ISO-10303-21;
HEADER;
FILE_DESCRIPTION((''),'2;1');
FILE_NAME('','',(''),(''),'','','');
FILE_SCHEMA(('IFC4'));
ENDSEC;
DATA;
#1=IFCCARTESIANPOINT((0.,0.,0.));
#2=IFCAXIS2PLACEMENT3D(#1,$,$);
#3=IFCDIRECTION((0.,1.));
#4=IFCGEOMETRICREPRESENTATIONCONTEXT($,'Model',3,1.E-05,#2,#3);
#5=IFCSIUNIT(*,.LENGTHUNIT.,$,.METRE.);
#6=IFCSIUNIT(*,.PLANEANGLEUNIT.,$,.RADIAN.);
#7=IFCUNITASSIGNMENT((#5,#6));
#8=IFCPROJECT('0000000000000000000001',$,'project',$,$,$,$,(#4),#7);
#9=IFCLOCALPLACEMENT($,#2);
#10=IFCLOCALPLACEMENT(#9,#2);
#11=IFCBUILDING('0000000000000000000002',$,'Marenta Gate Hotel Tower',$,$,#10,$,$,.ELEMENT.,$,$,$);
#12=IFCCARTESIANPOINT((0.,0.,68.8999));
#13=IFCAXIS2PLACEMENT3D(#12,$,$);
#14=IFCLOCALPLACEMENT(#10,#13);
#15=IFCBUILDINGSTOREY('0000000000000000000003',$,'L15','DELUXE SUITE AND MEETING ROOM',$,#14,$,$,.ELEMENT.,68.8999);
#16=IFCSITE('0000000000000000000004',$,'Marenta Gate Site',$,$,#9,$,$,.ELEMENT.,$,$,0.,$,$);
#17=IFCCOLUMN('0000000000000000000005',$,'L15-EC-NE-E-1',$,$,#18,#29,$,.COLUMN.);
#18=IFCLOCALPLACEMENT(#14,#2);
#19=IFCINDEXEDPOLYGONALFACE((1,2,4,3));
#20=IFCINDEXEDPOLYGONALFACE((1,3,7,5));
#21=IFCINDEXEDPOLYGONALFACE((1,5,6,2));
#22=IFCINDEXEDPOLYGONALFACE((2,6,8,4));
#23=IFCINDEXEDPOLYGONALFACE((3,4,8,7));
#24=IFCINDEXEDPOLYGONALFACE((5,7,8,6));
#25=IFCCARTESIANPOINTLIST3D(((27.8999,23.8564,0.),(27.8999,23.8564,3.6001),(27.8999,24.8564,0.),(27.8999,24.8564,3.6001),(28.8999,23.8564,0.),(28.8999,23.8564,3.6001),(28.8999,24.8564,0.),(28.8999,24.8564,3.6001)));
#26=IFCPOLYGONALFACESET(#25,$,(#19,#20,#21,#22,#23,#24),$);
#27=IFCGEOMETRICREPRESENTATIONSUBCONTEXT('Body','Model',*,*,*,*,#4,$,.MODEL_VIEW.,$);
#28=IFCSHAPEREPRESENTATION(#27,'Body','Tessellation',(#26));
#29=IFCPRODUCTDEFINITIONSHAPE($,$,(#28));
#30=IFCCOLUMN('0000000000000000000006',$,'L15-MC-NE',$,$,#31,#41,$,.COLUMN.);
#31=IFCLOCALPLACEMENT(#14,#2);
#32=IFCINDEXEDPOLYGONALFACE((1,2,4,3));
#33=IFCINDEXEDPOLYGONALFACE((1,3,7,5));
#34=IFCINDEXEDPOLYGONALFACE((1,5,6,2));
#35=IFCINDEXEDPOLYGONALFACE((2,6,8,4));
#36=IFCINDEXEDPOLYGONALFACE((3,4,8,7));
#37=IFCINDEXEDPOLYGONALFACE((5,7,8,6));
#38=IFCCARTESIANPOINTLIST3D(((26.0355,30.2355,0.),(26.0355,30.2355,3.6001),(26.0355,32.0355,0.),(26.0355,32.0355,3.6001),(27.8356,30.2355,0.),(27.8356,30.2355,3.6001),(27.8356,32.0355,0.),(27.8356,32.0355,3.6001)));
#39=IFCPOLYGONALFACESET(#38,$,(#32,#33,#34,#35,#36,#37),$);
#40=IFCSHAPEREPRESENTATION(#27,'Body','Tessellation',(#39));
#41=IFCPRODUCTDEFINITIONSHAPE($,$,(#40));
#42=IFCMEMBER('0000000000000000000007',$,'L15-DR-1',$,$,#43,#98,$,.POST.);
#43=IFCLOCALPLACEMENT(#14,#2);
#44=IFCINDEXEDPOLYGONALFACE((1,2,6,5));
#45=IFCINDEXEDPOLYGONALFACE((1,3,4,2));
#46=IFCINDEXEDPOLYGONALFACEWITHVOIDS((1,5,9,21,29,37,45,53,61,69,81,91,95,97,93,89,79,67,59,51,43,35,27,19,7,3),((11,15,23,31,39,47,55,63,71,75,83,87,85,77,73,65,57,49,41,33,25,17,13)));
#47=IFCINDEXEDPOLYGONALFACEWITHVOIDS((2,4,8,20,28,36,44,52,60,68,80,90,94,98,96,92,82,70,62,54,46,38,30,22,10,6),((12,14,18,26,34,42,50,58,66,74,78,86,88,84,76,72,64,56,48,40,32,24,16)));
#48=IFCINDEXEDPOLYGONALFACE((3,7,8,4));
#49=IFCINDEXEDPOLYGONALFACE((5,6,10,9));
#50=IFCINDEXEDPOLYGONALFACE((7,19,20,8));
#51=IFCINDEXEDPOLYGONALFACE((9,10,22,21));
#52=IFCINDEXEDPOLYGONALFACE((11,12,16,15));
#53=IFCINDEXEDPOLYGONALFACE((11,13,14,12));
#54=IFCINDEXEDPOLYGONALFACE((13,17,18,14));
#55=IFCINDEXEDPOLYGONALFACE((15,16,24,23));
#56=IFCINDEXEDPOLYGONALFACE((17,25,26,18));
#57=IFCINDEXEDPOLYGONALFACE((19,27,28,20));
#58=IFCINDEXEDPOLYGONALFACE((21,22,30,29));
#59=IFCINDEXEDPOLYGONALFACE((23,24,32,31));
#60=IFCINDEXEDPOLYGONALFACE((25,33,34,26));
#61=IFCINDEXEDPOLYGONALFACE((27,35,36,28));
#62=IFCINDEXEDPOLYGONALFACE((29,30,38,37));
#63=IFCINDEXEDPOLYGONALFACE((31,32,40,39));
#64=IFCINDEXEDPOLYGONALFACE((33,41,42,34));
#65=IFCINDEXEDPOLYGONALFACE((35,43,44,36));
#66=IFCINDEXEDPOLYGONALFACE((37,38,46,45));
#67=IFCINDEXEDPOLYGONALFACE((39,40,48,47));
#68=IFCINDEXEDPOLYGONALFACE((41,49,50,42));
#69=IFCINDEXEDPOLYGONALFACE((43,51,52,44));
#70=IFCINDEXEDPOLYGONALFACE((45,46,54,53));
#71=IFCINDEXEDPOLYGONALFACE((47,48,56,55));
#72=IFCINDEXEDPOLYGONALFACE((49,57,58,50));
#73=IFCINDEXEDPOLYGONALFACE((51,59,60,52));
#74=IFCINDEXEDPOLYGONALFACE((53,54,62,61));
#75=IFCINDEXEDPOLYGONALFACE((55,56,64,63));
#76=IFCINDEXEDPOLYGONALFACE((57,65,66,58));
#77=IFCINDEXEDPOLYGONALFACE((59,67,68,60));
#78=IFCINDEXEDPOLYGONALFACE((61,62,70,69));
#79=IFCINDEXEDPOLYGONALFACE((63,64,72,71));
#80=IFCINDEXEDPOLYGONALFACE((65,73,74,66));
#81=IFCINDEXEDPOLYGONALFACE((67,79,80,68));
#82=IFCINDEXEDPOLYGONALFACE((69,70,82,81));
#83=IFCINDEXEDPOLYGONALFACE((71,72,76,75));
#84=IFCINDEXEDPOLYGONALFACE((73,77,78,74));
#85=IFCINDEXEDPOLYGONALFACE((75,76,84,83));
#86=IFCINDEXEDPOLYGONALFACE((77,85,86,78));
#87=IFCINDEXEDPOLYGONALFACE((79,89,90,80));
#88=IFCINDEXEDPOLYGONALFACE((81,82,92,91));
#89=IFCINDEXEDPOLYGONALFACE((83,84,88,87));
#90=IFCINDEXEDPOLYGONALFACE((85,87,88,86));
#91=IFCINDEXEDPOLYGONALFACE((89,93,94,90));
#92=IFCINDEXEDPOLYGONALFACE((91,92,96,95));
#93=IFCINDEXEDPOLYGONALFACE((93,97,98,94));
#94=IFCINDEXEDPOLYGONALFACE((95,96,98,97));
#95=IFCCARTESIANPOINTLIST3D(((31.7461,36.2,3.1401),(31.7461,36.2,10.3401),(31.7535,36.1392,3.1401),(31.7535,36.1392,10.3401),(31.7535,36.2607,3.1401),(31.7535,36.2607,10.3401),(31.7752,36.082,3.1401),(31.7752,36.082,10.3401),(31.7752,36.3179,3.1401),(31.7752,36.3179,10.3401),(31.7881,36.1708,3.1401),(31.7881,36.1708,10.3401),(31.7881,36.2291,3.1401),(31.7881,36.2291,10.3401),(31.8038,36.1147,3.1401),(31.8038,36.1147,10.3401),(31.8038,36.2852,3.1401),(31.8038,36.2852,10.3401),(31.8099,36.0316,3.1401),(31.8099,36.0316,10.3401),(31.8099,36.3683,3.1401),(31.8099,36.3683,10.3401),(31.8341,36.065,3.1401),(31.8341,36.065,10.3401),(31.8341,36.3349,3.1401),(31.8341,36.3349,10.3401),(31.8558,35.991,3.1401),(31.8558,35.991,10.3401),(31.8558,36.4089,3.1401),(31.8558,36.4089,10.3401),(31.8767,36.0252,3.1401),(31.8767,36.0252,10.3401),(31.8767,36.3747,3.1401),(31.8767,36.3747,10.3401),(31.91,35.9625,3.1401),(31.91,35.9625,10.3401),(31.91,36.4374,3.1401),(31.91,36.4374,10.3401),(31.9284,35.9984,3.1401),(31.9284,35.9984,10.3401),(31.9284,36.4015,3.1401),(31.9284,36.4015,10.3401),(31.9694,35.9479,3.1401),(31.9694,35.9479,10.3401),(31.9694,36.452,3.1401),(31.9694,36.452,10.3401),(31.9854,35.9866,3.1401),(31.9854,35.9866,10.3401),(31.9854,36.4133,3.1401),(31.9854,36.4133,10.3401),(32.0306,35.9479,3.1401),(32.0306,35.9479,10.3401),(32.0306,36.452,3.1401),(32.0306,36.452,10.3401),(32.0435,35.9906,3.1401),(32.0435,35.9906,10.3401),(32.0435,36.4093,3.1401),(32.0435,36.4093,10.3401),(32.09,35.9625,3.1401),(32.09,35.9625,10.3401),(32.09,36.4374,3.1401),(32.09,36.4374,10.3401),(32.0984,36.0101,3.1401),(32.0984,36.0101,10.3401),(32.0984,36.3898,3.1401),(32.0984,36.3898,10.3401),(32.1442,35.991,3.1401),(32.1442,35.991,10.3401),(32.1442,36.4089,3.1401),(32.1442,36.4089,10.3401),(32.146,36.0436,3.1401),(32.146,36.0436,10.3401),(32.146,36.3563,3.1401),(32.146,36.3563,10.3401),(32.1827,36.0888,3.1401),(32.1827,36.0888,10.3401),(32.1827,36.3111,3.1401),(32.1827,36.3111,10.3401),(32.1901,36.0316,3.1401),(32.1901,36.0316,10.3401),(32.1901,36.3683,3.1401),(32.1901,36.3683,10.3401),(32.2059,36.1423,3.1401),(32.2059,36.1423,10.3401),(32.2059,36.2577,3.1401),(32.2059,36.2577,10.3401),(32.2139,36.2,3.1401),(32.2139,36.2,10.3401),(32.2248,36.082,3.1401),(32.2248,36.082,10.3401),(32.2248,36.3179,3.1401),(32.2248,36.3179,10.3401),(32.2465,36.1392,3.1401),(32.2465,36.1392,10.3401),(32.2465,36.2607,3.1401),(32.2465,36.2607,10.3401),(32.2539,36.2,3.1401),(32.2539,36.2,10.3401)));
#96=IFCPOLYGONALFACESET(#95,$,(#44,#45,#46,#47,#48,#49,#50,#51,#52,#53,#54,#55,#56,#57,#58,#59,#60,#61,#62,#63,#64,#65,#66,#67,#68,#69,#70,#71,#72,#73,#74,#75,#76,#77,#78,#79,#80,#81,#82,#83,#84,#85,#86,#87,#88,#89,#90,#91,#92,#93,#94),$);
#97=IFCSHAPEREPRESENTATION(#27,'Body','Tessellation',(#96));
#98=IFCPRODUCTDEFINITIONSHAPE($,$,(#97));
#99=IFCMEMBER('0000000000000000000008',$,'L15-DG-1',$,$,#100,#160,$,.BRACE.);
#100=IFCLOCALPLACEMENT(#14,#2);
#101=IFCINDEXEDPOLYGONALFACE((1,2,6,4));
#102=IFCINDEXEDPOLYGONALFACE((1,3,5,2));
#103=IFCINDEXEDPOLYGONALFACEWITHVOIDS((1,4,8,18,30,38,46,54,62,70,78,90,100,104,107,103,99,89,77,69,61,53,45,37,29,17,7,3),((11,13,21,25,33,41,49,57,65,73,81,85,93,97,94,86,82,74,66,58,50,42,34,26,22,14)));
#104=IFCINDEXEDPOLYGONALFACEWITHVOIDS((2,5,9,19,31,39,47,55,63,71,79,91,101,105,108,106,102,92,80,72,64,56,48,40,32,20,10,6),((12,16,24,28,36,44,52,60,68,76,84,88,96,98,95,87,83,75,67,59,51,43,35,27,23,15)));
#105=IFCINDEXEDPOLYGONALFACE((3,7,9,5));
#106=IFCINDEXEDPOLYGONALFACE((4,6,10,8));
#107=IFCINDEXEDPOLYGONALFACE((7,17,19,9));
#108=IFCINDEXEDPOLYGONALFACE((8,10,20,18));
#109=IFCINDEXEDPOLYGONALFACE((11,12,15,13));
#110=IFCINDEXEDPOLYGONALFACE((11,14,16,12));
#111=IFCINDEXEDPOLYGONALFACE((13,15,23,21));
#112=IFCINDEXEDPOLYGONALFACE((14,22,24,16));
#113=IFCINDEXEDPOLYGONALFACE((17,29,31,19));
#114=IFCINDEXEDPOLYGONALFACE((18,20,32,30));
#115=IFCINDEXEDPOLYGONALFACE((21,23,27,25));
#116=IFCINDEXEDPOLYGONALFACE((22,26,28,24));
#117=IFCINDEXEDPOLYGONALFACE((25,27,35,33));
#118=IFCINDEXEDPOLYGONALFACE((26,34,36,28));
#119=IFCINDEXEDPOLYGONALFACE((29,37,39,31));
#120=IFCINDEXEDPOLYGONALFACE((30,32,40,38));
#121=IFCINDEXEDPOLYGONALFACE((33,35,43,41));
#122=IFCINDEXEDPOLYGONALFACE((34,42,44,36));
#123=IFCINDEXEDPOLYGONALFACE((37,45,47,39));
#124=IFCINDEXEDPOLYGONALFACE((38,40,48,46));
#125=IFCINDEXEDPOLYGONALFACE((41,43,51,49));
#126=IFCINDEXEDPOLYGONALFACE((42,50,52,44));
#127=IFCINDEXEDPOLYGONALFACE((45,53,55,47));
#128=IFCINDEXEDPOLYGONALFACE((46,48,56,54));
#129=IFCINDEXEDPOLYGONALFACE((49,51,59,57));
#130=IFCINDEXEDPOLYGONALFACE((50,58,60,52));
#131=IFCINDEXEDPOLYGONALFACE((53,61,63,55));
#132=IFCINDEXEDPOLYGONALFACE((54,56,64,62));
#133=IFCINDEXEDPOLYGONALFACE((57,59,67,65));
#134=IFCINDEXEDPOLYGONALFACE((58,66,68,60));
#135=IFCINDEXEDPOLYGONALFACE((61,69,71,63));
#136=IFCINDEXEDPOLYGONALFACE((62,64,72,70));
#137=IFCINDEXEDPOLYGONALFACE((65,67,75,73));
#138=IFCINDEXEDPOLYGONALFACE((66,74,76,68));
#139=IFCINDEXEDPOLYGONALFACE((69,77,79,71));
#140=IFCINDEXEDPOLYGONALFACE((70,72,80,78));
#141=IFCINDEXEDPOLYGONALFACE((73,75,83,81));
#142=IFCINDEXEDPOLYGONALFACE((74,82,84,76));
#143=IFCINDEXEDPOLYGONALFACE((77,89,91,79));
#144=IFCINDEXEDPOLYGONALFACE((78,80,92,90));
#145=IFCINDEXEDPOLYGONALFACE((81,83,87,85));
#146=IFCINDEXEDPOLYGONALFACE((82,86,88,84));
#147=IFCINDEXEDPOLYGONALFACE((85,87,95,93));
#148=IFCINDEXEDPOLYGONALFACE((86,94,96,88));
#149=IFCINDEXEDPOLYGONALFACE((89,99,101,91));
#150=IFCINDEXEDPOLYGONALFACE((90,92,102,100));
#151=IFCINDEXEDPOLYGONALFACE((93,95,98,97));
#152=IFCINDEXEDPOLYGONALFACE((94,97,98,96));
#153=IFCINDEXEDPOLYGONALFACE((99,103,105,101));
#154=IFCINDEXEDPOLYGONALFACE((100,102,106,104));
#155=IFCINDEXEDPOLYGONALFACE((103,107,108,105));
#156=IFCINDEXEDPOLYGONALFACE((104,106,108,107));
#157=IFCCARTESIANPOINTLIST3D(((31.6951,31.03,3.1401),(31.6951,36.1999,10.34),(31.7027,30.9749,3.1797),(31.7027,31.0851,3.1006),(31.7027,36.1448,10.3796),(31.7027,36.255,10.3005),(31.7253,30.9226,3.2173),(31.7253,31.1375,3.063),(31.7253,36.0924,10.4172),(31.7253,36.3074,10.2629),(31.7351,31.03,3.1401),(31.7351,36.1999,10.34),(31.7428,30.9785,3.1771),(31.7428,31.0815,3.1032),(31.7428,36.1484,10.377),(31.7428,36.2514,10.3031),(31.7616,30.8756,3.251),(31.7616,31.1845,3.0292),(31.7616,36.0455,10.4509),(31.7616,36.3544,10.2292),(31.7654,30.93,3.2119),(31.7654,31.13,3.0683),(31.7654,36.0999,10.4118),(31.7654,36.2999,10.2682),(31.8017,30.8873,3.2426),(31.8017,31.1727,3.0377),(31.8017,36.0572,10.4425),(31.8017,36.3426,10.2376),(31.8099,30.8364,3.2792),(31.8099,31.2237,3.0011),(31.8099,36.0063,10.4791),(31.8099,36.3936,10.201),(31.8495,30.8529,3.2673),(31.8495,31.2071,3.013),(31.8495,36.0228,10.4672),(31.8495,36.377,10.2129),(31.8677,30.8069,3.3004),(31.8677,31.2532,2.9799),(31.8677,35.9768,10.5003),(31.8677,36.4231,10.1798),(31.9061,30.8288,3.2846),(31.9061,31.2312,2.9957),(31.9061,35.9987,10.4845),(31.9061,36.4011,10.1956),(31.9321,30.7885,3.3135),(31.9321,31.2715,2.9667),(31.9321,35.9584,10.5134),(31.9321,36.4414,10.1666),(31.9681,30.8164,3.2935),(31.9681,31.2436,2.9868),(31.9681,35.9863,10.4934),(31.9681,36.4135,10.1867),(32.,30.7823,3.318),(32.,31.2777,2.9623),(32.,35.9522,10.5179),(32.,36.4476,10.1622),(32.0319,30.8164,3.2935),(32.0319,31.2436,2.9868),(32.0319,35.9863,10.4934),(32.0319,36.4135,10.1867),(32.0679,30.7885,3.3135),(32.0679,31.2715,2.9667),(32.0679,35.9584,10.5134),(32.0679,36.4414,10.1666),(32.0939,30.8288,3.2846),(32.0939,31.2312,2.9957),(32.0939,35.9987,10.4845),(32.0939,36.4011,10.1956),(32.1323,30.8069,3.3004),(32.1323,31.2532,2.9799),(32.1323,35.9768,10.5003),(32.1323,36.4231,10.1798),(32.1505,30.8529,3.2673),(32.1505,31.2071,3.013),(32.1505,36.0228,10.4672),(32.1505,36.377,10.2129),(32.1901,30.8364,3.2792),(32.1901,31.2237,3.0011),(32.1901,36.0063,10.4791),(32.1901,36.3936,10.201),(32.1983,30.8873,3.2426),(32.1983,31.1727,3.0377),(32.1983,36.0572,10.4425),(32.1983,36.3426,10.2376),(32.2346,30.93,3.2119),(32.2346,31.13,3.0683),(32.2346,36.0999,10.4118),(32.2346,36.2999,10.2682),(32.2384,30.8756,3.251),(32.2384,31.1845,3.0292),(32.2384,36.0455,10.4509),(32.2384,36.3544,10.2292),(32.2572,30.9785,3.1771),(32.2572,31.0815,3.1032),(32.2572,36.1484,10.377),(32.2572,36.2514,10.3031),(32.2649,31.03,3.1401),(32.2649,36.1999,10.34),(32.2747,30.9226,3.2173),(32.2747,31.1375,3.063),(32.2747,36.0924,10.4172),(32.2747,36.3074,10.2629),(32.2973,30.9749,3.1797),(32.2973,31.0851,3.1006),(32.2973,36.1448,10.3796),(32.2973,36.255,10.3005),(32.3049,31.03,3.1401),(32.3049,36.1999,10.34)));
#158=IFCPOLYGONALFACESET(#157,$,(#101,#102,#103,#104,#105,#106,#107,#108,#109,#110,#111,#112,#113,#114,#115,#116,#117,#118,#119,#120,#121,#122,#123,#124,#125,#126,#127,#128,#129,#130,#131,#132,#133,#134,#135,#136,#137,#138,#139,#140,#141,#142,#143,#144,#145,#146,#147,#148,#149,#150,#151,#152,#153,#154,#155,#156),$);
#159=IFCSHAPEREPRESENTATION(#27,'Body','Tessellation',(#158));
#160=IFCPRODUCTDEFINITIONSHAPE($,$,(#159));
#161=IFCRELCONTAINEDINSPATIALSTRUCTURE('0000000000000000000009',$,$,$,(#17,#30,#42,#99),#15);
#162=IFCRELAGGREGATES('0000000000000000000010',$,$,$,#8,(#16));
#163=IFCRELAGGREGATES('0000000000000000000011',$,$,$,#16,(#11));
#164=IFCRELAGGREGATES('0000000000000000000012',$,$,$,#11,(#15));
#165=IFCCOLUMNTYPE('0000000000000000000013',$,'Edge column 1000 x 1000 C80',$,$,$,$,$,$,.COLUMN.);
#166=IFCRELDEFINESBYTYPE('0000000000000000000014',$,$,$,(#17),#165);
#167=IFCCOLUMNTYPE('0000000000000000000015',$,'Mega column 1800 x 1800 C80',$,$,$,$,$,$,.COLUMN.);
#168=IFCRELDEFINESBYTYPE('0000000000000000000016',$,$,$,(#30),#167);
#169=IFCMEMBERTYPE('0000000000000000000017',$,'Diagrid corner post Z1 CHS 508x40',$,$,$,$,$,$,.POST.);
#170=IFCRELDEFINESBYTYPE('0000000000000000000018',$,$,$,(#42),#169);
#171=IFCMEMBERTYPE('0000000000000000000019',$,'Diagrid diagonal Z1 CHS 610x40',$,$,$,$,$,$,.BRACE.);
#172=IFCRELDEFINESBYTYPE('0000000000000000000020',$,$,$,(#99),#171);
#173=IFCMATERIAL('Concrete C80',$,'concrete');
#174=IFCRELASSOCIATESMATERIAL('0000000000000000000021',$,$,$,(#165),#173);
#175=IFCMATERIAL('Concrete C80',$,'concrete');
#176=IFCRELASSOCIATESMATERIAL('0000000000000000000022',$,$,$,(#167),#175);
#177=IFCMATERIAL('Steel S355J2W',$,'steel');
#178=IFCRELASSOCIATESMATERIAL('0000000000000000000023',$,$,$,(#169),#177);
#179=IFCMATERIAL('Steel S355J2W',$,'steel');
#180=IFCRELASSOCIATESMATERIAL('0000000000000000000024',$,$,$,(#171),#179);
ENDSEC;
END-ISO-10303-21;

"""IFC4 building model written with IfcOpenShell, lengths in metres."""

from ifc_helpers import new_model, si_unit, direction, frame, origin, origin_2d, place, context, subcontext, project, spatial, rectangle, hollow_circle, extrude, material, material_profile, profile_set, type_object, element, save


model = new_model("IFC4")

# Units and contexts
model_context = context("Model", 3, precision=1e-05, world=origin(), true_north=direction((0.0, 1.0)))
body_context = subcontext(model_context, "Body", "Model", "MODEL_VIEW")
ifc_project = project(units=[si_unit("LENGTHUNIT", "METRE"), si_unit("PLANEANGLEUNIT", "RADIAN")], contexts=[model_context])

# Site, building, storey
site_placement = place(None, origin())
site = spatial("IfcSite", under=ifc_project, at=site_placement, Name="Marenta Gate Site", CompositionType="ELEMENT", RefElevation=0.0)
building_placement = place(site_placement, origin())
building = spatial("IfcBuilding", under=site, at=building_placement, Name="Marenta Gate Hotel Tower", CompositionType="ELEMENT")
storey_placement = place(building_placement, frame((0.0, 0.0, 68.8999)))
storey = spatial("IfcBuildingStorey", under=building, at=storey_placement, Name="L15", Description="DELUXE SUITE AND MEETING ROOM", CompositionType="ELEMENT", Elevation=68.8999)

# Columns
ifc_material_1 = material(Name="Concrete C80", Category="concrete")
ifc_material_profile_1 = material_profile(ifc_material_1, rectangle(XDim=1.0, YDim=1.0, at=origin_2d()), Name="1000 x 1000")
ifc_profile_set_1 = profile_set([ifc_material_profile_1], Name="Concrete C80")
column_type_1 = type_object("IfcColumnType", Name="Edge column 1000 x 1000 C80", PredefinedType="COLUMN", material=ifc_profile_set_1)
column_1_placement = place(storey_placement, frame((28.3999, 24.3564, 0.0), z_axis=(0.0, 0.0, 1.0), x_axis=(1.0, 0.0, 0.0)))
element("IfcColumn", 1, at=column_1_placement, inside=storey, type_object=column_type_1, Name="L15-EC-NE-E-1", PredefinedType="COLUMN", context=body_context, shape_type="SweptSolid", body=[
    extrude(rectangle(XDim=1.0, YDim=1.0, at=origin_2d()), origin(), (0.0, 0.0, 1.0), 3.6001),
])
ifc_material_2 = material(Name="Concrete C80", Category="concrete")
ifc_material_profile_2 = material_profile(ifc_material_2, rectangle(XDim=1.8, YDim=1.8, at=origin_2d()), Name="1800 x 1800")
ifc_profile_set_2 = profile_set([ifc_material_profile_2], Name="Concrete C80")
column_type_2 = type_object("IfcColumnType", Name="Mega column 1800 x 1800 C80", PredefinedType="COLUMN", material=ifc_profile_set_2)
column_2_placement = place(storey_placement, frame((26.9355, 31.1355, 0.0), z_axis=(0.0, 0.0, 1.0), x_axis=(1.0, 0.0, 0.0)))
element("IfcColumn", 2, at=column_2_placement, inside=storey, type_object=column_type_2, Name="L15-MC-NE", PredefinedType="COLUMN", context=body_context, shape_type="SweptSolid", body=[
    extrude(rectangle(XDim=1.8, YDim=1.8, at=origin_2d()), origin(), (0.0, 0.0, 1.0), 3.6001),
])

# Members
ifc_material_3 = material(Name="Steel S355J2W", Category="steel")
ifc_material_profile_3 = material_profile(ifc_material_3, hollow_circle(Radius=0.2539, WallThickness=0.04, at=origin_2d()), Name="CHS 508x40")
ifc_profile_set_3 = profile_set([ifc_material_profile_3], Name="Steel S355J2W")
member_type_1 = type_object("IfcMemberType", Name="Diagrid corner post Z1 CHS 508x40", PredefinedType="POST", material=ifc_profile_set_3)
member_1_placement = place(storey_placement, frame((32.0, 36.2, 3.1401), z_axis=(0.0, 0.0, 1.0), x_axis=(1.0, 0.0, 0.0)))
element("IfcMember", 3, at=member_1_placement, inside=storey, type_object=member_type_1, Name="L15-DR-1", PredefinedType="POST", context=body_context, shape_type="SweptSolid", body=[
    extrude(hollow_circle(Radius=0.2539, WallThickness=0.04, at=origin_2d()), origin(), (0.0, 0.0, 1.0), 7.2),
])
ifc_material_4 = material(Name="Steel S355J2W", Category="steel")
ifc_material_profile_4 = material_profile(ifc_material_4, hollow_circle(Radius=0.3049, WallThickness=0.04, at=origin_2d()), Name="CHS 610x40")
ifc_profile_set_4 = profile_set([ifc_material_profile_4], Name="Steel S355J2W")
member_type_2 = type_object("IfcMemberType", Name="Diagrid diagonal Z1 CHS 610x40", PredefinedType="BRACE", material=ifc_profile_set_4)
for number, where, z_axis, x_axis, name in (
    (4, (32.0, 31.03, 3.1401), (0.0, 0.583261, 0.812285), (-1.0, 0.0, 0.0), "L15-DG-1"),
):
    element("IfcMember", number, at=place(storey_placement, frame(where, z_axis=z_axis, x_axis=x_axis)), inside=storey, type_object=member_type_2, Name=name, PredefinedType="BRACE", context=body_context, shape_type="SweptSolid", body=[
        extrude(hollow_circle(Radius=0.3049, WallThickness=0.04, at=origin_2d()), origin(), (0.0, 0.0, 1.0), 8.8638),
    ])

save(model, "model.ifc")
